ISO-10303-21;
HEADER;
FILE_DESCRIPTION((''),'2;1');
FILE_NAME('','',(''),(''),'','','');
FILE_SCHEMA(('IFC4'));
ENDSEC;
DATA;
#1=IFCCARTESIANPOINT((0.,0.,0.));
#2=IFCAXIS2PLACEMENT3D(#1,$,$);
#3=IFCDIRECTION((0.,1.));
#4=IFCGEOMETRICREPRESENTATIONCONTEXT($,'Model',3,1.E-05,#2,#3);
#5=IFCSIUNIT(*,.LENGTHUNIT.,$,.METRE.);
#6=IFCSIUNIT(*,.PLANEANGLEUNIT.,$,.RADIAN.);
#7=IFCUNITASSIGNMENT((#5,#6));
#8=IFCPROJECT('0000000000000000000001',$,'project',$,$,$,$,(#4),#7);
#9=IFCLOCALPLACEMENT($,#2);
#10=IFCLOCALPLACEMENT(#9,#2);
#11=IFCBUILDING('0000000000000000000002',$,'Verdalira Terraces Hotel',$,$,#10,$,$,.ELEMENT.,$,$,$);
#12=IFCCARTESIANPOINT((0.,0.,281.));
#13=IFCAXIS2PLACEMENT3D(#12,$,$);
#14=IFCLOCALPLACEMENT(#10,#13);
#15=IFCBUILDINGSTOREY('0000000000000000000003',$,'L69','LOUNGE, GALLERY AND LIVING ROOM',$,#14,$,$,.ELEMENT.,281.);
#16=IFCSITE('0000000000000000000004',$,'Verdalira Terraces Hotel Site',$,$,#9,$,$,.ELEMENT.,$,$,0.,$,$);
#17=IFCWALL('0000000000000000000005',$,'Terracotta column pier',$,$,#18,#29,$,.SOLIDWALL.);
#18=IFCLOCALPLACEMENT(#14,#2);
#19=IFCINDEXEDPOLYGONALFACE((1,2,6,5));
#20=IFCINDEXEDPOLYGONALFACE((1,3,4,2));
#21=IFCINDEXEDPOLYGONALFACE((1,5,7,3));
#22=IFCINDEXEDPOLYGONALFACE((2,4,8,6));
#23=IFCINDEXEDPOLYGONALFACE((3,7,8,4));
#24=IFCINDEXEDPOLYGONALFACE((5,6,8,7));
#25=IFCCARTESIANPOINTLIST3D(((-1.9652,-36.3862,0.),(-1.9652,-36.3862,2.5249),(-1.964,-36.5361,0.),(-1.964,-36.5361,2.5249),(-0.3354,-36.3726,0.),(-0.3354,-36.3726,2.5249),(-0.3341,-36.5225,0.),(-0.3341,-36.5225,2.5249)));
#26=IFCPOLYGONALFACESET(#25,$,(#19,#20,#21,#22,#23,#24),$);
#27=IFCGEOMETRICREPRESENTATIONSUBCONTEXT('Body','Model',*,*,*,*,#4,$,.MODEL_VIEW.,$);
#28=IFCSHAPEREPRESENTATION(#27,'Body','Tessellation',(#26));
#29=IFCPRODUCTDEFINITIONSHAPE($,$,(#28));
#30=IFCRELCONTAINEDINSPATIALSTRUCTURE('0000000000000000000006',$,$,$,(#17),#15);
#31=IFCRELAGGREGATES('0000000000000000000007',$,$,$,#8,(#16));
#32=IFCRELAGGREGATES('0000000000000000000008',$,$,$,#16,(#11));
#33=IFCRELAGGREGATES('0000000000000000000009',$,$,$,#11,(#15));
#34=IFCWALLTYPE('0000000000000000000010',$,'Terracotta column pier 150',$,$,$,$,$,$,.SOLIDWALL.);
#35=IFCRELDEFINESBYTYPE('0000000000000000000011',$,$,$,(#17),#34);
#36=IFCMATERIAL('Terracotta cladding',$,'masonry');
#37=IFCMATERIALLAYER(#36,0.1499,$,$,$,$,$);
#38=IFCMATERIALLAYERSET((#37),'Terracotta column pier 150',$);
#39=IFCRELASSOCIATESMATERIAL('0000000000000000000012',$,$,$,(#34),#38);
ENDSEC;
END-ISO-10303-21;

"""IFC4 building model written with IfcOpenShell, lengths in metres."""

from ifc_helpers import new_model, si_unit, direction, frame, frame_2d, origin, place, context, subcontext, project, spatial, rectangle, extrude, material, layer, layer_set, type_object, element, save


model = new_model("IFC4")

# Units and contexts
model_context = context("Model", 3, precision=1e-05, world=origin(), true_north=direction((0.0, 1.0)))
body_context = subcontext(model_context, "Body", "Model", "MODEL_VIEW")
ifc_project = project(units=[si_unit("LENGTHUNIT", "METRE"), si_unit("PLANEANGLEUNIT", "RADIAN")], contexts=[model_context])

# Site, building, storey
site_placement = place(None, origin())
site = spatial("IfcSite", under=ifc_project, at=site_placement, Name="Verdalira Terraces Hotel Site", CompositionType="ELEMENT", RefElevation=0.0)
building_placement = place(site_placement, origin())
building = spatial("IfcBuilding", under=site, at=building_placement, Name="Verdalira Terraces Hotel", CompositionType="ELEMENT")
storey_placement = place(building_placement, frame((0.0, 0.0, 281.0)))
storey = spatial("IfcBuildingStorey", under=building, at=storey_placement, Name="L69", Description="LOUNGE, GALLERY AND LIVING ROOM", CompositionType="ELEMENT", Elevation=281.0)

# Wall
ifc_material_1 = material(Name="Terracotta cladding", Category="masonry")
ifc_layer_1 = layer(ifc_material_1, 0.1499)
ifc_layer_set_1 = layer_set([ifc_layer_1], Name="Terracotta column pier 150")
wall_type_1 = type_object("IfcWallType", Name="Terracotta column pier 150", PredefinedType="SOLIDWALL", material=ifc_layer_set_1)
wall_1_placement = place(storey_placement, frame((-1.9646, -36.4612, 0.0), z_axis=(0.0, 0.0, 1.0), x_axis=(0.999965, 0.008388, 0.0)))
element("IfcWall", 1, at=wall_1_placement, inside=storey, type_object=wall_type_1, Name="Terracotta column pier", PredefinedType="SOLIDWALL", context=body_context, shape_type="SweptSolid", body=[
    extrude(rectangle(XDim=1.6299, YDim=0.1499, at=frame_2d((0.8149, 0.0))), origin(), (0.0, 0.0, 1.0), 2.5249),
])

save(model, "model.ifc")
